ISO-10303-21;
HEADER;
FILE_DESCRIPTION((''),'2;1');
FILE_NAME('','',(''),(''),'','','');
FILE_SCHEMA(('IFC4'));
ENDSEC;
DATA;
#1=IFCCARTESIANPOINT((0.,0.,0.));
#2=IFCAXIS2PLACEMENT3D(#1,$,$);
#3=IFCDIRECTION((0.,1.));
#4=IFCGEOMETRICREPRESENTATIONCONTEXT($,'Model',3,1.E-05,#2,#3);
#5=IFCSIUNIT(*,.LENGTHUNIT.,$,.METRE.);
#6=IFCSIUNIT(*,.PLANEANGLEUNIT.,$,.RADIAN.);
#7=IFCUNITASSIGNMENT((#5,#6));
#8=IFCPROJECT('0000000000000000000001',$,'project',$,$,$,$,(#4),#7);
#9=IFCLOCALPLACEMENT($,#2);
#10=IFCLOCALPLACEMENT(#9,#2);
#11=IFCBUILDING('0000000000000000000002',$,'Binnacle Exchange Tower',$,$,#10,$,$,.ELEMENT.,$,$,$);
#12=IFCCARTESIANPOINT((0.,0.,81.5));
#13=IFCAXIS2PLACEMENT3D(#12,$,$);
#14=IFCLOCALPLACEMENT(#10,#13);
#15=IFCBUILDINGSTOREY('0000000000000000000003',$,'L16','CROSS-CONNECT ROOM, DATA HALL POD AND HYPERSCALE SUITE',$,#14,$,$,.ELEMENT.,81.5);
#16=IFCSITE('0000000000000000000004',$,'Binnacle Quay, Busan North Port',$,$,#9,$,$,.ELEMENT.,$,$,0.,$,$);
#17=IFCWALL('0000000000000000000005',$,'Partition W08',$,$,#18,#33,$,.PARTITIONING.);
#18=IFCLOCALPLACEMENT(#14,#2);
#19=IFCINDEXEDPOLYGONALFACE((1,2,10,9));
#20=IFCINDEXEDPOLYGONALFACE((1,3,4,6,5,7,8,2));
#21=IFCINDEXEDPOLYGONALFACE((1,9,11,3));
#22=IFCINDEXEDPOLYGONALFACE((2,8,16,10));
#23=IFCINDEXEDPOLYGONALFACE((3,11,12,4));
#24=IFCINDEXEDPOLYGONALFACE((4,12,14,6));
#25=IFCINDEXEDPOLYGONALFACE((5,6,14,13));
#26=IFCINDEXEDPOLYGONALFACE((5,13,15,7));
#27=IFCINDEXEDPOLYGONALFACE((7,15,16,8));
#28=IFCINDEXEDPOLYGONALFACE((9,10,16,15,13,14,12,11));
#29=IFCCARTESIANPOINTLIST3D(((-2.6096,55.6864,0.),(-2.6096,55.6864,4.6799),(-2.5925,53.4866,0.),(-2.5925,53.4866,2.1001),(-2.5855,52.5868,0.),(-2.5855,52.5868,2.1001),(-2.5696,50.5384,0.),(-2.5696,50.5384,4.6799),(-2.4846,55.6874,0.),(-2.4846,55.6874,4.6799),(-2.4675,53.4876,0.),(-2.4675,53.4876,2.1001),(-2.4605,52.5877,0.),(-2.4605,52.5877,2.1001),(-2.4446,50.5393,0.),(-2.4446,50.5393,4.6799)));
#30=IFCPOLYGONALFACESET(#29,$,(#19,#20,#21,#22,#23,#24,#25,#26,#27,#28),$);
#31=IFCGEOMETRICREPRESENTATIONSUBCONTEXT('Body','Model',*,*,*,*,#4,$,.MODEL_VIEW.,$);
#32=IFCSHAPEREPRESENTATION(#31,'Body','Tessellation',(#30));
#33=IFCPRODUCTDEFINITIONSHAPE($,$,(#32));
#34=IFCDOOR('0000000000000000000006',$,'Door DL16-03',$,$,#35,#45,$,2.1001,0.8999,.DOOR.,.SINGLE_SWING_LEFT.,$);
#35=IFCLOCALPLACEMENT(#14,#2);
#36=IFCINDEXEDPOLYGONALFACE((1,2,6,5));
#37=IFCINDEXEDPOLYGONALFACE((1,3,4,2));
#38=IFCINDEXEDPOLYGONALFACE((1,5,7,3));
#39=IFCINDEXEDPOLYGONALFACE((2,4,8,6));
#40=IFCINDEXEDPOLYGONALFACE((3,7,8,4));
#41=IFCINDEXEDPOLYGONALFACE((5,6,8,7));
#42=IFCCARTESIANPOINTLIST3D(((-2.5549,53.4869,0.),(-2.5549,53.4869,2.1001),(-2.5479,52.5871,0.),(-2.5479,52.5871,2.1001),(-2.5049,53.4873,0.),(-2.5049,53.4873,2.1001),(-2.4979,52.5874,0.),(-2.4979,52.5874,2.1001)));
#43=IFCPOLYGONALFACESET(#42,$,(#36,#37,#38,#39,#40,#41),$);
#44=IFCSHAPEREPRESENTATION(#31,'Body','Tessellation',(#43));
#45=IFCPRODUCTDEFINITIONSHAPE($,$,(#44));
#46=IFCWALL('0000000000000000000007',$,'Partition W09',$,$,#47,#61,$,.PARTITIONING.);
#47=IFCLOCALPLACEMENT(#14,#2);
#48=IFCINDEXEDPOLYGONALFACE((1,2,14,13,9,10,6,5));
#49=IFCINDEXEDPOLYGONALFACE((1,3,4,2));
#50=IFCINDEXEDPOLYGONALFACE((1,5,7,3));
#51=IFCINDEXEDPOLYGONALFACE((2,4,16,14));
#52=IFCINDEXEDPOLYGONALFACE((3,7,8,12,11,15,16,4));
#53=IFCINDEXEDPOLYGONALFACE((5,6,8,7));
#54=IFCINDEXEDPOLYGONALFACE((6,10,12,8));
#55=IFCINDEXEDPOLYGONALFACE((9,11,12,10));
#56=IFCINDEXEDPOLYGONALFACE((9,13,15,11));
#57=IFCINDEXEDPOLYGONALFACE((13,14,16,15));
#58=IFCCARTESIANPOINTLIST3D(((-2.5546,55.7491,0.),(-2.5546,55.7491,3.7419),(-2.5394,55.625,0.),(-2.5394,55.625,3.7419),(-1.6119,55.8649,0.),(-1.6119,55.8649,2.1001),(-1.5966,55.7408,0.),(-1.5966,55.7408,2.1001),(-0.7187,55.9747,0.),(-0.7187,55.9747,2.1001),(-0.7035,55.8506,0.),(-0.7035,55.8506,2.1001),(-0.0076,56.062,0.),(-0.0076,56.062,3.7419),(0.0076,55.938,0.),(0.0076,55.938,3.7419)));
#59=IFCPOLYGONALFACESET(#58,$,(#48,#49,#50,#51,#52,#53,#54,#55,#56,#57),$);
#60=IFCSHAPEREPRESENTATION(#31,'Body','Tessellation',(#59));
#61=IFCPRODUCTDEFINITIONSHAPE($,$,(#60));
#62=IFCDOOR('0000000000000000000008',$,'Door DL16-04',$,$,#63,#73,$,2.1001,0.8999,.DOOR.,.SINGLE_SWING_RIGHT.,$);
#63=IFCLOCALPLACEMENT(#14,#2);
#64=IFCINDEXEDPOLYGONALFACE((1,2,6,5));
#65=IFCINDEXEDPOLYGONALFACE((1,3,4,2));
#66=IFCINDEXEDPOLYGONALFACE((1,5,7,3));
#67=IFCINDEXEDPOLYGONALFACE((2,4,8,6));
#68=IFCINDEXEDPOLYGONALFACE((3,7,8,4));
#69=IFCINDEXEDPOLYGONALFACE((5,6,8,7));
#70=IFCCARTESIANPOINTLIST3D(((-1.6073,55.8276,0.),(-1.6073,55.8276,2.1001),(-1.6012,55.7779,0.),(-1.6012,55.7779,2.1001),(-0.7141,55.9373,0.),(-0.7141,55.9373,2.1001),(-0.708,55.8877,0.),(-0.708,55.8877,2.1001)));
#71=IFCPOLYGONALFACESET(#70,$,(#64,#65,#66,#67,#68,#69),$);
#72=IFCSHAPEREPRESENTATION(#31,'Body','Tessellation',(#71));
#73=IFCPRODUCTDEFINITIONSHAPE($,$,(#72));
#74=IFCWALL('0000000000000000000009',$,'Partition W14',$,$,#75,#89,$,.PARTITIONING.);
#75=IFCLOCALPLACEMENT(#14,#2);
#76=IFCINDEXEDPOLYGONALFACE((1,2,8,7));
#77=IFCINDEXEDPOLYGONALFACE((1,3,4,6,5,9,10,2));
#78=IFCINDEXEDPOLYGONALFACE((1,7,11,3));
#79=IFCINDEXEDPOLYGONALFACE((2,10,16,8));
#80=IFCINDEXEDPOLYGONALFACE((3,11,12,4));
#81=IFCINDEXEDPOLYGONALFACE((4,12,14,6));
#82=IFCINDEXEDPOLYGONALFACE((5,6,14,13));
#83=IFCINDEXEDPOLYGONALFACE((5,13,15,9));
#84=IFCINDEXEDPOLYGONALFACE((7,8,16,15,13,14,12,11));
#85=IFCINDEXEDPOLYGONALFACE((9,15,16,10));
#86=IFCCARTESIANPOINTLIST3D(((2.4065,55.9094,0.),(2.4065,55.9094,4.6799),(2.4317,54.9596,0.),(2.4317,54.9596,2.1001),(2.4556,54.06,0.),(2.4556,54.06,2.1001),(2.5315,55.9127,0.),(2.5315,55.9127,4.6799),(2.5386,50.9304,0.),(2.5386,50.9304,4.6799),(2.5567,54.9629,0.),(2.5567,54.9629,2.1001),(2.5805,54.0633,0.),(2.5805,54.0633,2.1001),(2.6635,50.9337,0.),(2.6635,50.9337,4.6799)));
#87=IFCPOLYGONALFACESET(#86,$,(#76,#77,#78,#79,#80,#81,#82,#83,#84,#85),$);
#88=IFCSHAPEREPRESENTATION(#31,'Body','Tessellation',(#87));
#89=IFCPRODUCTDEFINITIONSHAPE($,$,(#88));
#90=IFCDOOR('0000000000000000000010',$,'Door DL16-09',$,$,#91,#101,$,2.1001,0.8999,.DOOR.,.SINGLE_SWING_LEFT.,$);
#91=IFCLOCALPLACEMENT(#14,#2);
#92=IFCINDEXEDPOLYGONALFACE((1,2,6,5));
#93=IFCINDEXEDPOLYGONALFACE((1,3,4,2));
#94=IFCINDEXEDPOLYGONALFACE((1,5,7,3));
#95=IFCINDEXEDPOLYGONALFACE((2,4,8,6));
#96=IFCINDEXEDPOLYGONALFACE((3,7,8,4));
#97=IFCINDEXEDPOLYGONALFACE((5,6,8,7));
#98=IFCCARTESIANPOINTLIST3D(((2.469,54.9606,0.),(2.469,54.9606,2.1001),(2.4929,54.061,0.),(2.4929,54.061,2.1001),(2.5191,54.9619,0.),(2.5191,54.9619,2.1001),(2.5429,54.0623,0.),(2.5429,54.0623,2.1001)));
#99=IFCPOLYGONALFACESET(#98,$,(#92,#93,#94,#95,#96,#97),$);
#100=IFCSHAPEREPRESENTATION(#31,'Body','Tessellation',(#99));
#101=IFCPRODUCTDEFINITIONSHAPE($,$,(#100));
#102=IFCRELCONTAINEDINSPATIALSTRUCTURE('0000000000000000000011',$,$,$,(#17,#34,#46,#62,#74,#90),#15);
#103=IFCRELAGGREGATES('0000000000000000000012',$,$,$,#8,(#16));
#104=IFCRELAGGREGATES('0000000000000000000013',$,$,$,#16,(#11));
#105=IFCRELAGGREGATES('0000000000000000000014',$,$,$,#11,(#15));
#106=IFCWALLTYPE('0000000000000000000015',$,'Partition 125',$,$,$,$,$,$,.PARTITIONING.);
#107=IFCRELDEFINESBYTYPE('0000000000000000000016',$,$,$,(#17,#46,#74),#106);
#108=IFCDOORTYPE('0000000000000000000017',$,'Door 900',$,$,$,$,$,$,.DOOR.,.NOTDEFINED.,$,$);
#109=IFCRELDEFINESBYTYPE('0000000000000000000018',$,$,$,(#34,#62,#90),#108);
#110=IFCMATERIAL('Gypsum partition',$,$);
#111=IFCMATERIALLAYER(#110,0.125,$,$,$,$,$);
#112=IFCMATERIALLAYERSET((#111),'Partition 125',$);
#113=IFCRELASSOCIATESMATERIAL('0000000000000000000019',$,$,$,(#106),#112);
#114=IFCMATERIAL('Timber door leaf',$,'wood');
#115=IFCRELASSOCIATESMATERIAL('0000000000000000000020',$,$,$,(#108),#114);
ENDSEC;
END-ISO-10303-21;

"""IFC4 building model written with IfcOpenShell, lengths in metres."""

from ifc_helpers import new_model, si_unit, direction, frame, frame_2d, origin, place, context, subcontext, project, spatial, rectangle, extrude, material, layer, layer_set, type_object, element, fill, save


model = new_model("IFC4")

# Units and contexts
model_context = context("Model", 3, precision=1e-05, world=origin(), true_north=direction((0.0, 1.0)))
body_context = subcontext(model_context, "Body", "Model", "MODEL_VIEW")
ifc_project = project(units=[si_unit("LENGTHUNIT", "METRE"), si_unit("PLANEANGLEUNIT", "RADIAN")], contexts=[model_context])

# Site, building, storey
site_placement = place(None, origin())
site = spatial("IfcSite", under=ifc_project, at=site_placement, Name="Binnacle Quay, Busan North Port", CompositionType="ELEMENT", RefElevation=0.0)
building_placement = place(site_placement, origin())
building = spatial("IfcBuilding", under=site, at=building_placement, Name="Binnacle Exchange Tower", CompositionType="ELEMENT")
storey_placement = place(building_placement, frame((0.0, 0.0, 81.5)))
storey = spatial("IfcBuildingStorey", under=building, at=storey_placement, Name="L16", Description="CROSS-CONNECT ROOM, DATA HALL POD AND HYPERSCALE SUITE", CompositionType="ELEMENT", Elevation=81.5)

# Walls, openings, doors
ifc_material_1 = material(Name="Gypsum partition")
ifc_layer_1 = layer(ifc_material_1, 0.125)
ifc_layer_set_1 = layer_set([ifc_layer_1], Name="Partition 125")
wall_type_1 = type_object("IfcWallType", Name="Partition 125", PredefinedType="PARTITIONING", material=ifc_layer_set_1)
wall_1_placement = place(storey_placement, frame((-2.5471, 55.687, 0.0), z_axis=(0.0, 0.0, 1.0), x_axis=(0.007777, -0.99997, 0.0)))
wall_1 = element("IfcWall", 1, at=wall_1_placement, inside=storey, type_object=wall_type_1, Name="Partition W08", PredefinedType="PARTITIONING", context=body_context, shape_type="SweptSolid", body=[
    extrude(rectangle(XDim=5.1482, YDim=0.125, at=frame_2d((2.5742, 0.0))), origin(), (0.0, 0.0, 1.0), 4.6799),
])
opening_1_placement = place(wall_1_placement, frame((2.2, 0.0, 0.0)))
opening_1 = element("IfcOpeningElement", 2, at=opening_1_placement, cuts=wall_1, PredefinedType="OPENING", context=body_context, shape_type="SweptSolid", body=[
    extrude(rectangle(XDim=0.8999, YDim=2.1001, at=frame_2d((0.45, 1.05))), frame((0.0, 0.0725, 0.0), z_axis=(0.0, -1.0, 0.0), x_axis=(1.0, 0.0, 0.0)), (0.0, 0.0, 1.0), 0.145),
])
ifc_material_2 = material(Name="Timber door leaf", Category="wood")
door_type_1 = type_object("IfcDoorType", Name="Door 900", OperationType="NOTDEFINED", PredefinedType="DOOR", material=ifc_material_2)
door_1_placement = place(opening_1_placement, frame((0.8999, 0.0, 0.0), z_axis=(0.0, 0.0, 1.0), x_axis=(-1.0, 0.0, 0.0)))
door_1 = element("IfcDoor", 3, at=door_1_placement, inside=storey, type_object=door_type_1, Name="Door DL16-03", OperationType="SINGLE_SWING_LEFT", OverallHeight=2.1001, OverallWidth=0.8999, PredefinedType="DOOR", context=body_context, shape_type="SweptSolid", body=[
    extrude(rectangle(XDim=0.8999, YDim=2.1001, at=frame_2d((0.45, 1.05))), frame((0.0, 0.0249, 0.0), z_axis=(0.0, -1.0, 0.0), x_axis=(1.0, 0.0, 0.0)), (0.0, 0.0, 1.0), 0.05),
])
fill(opening_1, door_1)
wall_2_placement = place(storey_placement, frame((-2.5471, 55.687, 0.0), z_axis=(0.0, 0.0, 1.0), x_axis=(0.992535, 0.121962, 0.0)))
wall_2 = element("IfcWall", 4, at=wall_2_placement, inside=storey, type_object=wall_type_1, Name="Partition W09", PredefinedType="PARTITIONING", context=body_context, shape_type="SweptSolid", body=[
    extrude(rectangle(XDim=2.5662, YDim=0.125, at=frame_2d((1.2832, 0.0))), origin(), (0.0, 0.0, 1.0), 3.7419),
])
opening_2_placement = place(wall_2_placement, frame((0.95, 0.0, 0.0)))
opening_2 = element("IfcOpeningElement", 5, at=opening_2_placement, cuts=wall_2, PredefinedType="OPENING", context=body_context, shape_type="SweptSolid", body=[
    extrude(rectangle(XDim=0.8999, YDim=2.1001, at=frame_2d((0.45, 1.05))), frame((0.0, 0.0725, 0.0), z_axis=(0.0, -1.0, 0.0), x_axis=(1.0, 0.0, 0.0)), (0.0, 0.0, 1.0), 0.145),
])
door_2_placement = place(opening_2_placement, origin())
door_2 = element("IfcDoor", 6, at=door_2_placement, inside=storey, type_object=door_type_1, Name="Door DL16-04", OperationType="SINGLE_SWING_RIGHT", OverallHeight=2.1001, OverallWidth=0.8999, PredefinedType="DOOR", context=body_context, shape_type="SweptSolid", body=[
    extrude(rectangle(XDim=0.8999, YDim=2.1001, at=frame_2d((0.45, 1.05))), frame((0.0, 0.0249, 0.0), z_axis=(0.0, -1.0, 0.0), x_axis=(1.0, 0.0, 0.0)), (0.0, 0.0, 1.0), 0.05),
])
fill(opening_2, door_2)
wall_3_placement = place(storey_placement, frame((2.469, 55.9109, 0.0), z_axis=(0.0, 0.0, 1.0), x_axis=(0.026518, -0.999648, 0.0)))
wall_3 = element("IfcWall", 7, at=wall_3_placement, inside=storey, type_object=wall_type_1, Name="Partition W14", PredefinedType="PARTITIONING", context=body_context, shape_type="SweptSolid", body=[
    extrude(rectangle(XDim=4.9807, YDim=0.125, at=frame_2d((2.4902, 0.0))), origin(), (0.0, 0.0, 1.0), 4.6799),
])
opening_3_placement = place(wall_3_placement, frame((0.95, 0.0, 0.0)))
opening_3 = element("IfcOpeningElement", 8, at=opening_3_placement, cuts=wall_3, PredefinedType="OPENING", context=body_context, shape_type="SweptSolid", body=[
    extrude(rectangle(XDim=0.8999, YDim=2.1001, at=frame_2d((0.45, 1.05))), frame((0.0, 0.0725, 0.0), z_axis=(0.0, -1.0, 0.0), x_axis=(1.0, 0.0, 0.0)), (0.0, 0.0, 1.0), 0.145),
])
door_3_placement = place(opening_3_placement, origin())
door_3 = element("IfcDoor", 9, at=door_3_placement, inside=storey, type_object=door_type_1, Name="Door DL16-09", OperationType="SINGLE_SWING_LEFT", OverallHeight=2.1001, OverallWidth=0.8999, PredefinedType="DOOR", context=body_context, shape_type="SweptSolid", body=[
    extrude(rectangle(XDim=0.8999, YDim=2.1001, at=frame_2d((0.45, 1.05))), frame((0.0, 0.0249, 0.0), z_axis=(0.0, -1.0, 0.0), x_axis=(1.0, 0.0, 0.0)), (0.0, 0.0, 1.0), 0.05),
])
fill(opening_3, door_3)

save(model, "model.ifc")
